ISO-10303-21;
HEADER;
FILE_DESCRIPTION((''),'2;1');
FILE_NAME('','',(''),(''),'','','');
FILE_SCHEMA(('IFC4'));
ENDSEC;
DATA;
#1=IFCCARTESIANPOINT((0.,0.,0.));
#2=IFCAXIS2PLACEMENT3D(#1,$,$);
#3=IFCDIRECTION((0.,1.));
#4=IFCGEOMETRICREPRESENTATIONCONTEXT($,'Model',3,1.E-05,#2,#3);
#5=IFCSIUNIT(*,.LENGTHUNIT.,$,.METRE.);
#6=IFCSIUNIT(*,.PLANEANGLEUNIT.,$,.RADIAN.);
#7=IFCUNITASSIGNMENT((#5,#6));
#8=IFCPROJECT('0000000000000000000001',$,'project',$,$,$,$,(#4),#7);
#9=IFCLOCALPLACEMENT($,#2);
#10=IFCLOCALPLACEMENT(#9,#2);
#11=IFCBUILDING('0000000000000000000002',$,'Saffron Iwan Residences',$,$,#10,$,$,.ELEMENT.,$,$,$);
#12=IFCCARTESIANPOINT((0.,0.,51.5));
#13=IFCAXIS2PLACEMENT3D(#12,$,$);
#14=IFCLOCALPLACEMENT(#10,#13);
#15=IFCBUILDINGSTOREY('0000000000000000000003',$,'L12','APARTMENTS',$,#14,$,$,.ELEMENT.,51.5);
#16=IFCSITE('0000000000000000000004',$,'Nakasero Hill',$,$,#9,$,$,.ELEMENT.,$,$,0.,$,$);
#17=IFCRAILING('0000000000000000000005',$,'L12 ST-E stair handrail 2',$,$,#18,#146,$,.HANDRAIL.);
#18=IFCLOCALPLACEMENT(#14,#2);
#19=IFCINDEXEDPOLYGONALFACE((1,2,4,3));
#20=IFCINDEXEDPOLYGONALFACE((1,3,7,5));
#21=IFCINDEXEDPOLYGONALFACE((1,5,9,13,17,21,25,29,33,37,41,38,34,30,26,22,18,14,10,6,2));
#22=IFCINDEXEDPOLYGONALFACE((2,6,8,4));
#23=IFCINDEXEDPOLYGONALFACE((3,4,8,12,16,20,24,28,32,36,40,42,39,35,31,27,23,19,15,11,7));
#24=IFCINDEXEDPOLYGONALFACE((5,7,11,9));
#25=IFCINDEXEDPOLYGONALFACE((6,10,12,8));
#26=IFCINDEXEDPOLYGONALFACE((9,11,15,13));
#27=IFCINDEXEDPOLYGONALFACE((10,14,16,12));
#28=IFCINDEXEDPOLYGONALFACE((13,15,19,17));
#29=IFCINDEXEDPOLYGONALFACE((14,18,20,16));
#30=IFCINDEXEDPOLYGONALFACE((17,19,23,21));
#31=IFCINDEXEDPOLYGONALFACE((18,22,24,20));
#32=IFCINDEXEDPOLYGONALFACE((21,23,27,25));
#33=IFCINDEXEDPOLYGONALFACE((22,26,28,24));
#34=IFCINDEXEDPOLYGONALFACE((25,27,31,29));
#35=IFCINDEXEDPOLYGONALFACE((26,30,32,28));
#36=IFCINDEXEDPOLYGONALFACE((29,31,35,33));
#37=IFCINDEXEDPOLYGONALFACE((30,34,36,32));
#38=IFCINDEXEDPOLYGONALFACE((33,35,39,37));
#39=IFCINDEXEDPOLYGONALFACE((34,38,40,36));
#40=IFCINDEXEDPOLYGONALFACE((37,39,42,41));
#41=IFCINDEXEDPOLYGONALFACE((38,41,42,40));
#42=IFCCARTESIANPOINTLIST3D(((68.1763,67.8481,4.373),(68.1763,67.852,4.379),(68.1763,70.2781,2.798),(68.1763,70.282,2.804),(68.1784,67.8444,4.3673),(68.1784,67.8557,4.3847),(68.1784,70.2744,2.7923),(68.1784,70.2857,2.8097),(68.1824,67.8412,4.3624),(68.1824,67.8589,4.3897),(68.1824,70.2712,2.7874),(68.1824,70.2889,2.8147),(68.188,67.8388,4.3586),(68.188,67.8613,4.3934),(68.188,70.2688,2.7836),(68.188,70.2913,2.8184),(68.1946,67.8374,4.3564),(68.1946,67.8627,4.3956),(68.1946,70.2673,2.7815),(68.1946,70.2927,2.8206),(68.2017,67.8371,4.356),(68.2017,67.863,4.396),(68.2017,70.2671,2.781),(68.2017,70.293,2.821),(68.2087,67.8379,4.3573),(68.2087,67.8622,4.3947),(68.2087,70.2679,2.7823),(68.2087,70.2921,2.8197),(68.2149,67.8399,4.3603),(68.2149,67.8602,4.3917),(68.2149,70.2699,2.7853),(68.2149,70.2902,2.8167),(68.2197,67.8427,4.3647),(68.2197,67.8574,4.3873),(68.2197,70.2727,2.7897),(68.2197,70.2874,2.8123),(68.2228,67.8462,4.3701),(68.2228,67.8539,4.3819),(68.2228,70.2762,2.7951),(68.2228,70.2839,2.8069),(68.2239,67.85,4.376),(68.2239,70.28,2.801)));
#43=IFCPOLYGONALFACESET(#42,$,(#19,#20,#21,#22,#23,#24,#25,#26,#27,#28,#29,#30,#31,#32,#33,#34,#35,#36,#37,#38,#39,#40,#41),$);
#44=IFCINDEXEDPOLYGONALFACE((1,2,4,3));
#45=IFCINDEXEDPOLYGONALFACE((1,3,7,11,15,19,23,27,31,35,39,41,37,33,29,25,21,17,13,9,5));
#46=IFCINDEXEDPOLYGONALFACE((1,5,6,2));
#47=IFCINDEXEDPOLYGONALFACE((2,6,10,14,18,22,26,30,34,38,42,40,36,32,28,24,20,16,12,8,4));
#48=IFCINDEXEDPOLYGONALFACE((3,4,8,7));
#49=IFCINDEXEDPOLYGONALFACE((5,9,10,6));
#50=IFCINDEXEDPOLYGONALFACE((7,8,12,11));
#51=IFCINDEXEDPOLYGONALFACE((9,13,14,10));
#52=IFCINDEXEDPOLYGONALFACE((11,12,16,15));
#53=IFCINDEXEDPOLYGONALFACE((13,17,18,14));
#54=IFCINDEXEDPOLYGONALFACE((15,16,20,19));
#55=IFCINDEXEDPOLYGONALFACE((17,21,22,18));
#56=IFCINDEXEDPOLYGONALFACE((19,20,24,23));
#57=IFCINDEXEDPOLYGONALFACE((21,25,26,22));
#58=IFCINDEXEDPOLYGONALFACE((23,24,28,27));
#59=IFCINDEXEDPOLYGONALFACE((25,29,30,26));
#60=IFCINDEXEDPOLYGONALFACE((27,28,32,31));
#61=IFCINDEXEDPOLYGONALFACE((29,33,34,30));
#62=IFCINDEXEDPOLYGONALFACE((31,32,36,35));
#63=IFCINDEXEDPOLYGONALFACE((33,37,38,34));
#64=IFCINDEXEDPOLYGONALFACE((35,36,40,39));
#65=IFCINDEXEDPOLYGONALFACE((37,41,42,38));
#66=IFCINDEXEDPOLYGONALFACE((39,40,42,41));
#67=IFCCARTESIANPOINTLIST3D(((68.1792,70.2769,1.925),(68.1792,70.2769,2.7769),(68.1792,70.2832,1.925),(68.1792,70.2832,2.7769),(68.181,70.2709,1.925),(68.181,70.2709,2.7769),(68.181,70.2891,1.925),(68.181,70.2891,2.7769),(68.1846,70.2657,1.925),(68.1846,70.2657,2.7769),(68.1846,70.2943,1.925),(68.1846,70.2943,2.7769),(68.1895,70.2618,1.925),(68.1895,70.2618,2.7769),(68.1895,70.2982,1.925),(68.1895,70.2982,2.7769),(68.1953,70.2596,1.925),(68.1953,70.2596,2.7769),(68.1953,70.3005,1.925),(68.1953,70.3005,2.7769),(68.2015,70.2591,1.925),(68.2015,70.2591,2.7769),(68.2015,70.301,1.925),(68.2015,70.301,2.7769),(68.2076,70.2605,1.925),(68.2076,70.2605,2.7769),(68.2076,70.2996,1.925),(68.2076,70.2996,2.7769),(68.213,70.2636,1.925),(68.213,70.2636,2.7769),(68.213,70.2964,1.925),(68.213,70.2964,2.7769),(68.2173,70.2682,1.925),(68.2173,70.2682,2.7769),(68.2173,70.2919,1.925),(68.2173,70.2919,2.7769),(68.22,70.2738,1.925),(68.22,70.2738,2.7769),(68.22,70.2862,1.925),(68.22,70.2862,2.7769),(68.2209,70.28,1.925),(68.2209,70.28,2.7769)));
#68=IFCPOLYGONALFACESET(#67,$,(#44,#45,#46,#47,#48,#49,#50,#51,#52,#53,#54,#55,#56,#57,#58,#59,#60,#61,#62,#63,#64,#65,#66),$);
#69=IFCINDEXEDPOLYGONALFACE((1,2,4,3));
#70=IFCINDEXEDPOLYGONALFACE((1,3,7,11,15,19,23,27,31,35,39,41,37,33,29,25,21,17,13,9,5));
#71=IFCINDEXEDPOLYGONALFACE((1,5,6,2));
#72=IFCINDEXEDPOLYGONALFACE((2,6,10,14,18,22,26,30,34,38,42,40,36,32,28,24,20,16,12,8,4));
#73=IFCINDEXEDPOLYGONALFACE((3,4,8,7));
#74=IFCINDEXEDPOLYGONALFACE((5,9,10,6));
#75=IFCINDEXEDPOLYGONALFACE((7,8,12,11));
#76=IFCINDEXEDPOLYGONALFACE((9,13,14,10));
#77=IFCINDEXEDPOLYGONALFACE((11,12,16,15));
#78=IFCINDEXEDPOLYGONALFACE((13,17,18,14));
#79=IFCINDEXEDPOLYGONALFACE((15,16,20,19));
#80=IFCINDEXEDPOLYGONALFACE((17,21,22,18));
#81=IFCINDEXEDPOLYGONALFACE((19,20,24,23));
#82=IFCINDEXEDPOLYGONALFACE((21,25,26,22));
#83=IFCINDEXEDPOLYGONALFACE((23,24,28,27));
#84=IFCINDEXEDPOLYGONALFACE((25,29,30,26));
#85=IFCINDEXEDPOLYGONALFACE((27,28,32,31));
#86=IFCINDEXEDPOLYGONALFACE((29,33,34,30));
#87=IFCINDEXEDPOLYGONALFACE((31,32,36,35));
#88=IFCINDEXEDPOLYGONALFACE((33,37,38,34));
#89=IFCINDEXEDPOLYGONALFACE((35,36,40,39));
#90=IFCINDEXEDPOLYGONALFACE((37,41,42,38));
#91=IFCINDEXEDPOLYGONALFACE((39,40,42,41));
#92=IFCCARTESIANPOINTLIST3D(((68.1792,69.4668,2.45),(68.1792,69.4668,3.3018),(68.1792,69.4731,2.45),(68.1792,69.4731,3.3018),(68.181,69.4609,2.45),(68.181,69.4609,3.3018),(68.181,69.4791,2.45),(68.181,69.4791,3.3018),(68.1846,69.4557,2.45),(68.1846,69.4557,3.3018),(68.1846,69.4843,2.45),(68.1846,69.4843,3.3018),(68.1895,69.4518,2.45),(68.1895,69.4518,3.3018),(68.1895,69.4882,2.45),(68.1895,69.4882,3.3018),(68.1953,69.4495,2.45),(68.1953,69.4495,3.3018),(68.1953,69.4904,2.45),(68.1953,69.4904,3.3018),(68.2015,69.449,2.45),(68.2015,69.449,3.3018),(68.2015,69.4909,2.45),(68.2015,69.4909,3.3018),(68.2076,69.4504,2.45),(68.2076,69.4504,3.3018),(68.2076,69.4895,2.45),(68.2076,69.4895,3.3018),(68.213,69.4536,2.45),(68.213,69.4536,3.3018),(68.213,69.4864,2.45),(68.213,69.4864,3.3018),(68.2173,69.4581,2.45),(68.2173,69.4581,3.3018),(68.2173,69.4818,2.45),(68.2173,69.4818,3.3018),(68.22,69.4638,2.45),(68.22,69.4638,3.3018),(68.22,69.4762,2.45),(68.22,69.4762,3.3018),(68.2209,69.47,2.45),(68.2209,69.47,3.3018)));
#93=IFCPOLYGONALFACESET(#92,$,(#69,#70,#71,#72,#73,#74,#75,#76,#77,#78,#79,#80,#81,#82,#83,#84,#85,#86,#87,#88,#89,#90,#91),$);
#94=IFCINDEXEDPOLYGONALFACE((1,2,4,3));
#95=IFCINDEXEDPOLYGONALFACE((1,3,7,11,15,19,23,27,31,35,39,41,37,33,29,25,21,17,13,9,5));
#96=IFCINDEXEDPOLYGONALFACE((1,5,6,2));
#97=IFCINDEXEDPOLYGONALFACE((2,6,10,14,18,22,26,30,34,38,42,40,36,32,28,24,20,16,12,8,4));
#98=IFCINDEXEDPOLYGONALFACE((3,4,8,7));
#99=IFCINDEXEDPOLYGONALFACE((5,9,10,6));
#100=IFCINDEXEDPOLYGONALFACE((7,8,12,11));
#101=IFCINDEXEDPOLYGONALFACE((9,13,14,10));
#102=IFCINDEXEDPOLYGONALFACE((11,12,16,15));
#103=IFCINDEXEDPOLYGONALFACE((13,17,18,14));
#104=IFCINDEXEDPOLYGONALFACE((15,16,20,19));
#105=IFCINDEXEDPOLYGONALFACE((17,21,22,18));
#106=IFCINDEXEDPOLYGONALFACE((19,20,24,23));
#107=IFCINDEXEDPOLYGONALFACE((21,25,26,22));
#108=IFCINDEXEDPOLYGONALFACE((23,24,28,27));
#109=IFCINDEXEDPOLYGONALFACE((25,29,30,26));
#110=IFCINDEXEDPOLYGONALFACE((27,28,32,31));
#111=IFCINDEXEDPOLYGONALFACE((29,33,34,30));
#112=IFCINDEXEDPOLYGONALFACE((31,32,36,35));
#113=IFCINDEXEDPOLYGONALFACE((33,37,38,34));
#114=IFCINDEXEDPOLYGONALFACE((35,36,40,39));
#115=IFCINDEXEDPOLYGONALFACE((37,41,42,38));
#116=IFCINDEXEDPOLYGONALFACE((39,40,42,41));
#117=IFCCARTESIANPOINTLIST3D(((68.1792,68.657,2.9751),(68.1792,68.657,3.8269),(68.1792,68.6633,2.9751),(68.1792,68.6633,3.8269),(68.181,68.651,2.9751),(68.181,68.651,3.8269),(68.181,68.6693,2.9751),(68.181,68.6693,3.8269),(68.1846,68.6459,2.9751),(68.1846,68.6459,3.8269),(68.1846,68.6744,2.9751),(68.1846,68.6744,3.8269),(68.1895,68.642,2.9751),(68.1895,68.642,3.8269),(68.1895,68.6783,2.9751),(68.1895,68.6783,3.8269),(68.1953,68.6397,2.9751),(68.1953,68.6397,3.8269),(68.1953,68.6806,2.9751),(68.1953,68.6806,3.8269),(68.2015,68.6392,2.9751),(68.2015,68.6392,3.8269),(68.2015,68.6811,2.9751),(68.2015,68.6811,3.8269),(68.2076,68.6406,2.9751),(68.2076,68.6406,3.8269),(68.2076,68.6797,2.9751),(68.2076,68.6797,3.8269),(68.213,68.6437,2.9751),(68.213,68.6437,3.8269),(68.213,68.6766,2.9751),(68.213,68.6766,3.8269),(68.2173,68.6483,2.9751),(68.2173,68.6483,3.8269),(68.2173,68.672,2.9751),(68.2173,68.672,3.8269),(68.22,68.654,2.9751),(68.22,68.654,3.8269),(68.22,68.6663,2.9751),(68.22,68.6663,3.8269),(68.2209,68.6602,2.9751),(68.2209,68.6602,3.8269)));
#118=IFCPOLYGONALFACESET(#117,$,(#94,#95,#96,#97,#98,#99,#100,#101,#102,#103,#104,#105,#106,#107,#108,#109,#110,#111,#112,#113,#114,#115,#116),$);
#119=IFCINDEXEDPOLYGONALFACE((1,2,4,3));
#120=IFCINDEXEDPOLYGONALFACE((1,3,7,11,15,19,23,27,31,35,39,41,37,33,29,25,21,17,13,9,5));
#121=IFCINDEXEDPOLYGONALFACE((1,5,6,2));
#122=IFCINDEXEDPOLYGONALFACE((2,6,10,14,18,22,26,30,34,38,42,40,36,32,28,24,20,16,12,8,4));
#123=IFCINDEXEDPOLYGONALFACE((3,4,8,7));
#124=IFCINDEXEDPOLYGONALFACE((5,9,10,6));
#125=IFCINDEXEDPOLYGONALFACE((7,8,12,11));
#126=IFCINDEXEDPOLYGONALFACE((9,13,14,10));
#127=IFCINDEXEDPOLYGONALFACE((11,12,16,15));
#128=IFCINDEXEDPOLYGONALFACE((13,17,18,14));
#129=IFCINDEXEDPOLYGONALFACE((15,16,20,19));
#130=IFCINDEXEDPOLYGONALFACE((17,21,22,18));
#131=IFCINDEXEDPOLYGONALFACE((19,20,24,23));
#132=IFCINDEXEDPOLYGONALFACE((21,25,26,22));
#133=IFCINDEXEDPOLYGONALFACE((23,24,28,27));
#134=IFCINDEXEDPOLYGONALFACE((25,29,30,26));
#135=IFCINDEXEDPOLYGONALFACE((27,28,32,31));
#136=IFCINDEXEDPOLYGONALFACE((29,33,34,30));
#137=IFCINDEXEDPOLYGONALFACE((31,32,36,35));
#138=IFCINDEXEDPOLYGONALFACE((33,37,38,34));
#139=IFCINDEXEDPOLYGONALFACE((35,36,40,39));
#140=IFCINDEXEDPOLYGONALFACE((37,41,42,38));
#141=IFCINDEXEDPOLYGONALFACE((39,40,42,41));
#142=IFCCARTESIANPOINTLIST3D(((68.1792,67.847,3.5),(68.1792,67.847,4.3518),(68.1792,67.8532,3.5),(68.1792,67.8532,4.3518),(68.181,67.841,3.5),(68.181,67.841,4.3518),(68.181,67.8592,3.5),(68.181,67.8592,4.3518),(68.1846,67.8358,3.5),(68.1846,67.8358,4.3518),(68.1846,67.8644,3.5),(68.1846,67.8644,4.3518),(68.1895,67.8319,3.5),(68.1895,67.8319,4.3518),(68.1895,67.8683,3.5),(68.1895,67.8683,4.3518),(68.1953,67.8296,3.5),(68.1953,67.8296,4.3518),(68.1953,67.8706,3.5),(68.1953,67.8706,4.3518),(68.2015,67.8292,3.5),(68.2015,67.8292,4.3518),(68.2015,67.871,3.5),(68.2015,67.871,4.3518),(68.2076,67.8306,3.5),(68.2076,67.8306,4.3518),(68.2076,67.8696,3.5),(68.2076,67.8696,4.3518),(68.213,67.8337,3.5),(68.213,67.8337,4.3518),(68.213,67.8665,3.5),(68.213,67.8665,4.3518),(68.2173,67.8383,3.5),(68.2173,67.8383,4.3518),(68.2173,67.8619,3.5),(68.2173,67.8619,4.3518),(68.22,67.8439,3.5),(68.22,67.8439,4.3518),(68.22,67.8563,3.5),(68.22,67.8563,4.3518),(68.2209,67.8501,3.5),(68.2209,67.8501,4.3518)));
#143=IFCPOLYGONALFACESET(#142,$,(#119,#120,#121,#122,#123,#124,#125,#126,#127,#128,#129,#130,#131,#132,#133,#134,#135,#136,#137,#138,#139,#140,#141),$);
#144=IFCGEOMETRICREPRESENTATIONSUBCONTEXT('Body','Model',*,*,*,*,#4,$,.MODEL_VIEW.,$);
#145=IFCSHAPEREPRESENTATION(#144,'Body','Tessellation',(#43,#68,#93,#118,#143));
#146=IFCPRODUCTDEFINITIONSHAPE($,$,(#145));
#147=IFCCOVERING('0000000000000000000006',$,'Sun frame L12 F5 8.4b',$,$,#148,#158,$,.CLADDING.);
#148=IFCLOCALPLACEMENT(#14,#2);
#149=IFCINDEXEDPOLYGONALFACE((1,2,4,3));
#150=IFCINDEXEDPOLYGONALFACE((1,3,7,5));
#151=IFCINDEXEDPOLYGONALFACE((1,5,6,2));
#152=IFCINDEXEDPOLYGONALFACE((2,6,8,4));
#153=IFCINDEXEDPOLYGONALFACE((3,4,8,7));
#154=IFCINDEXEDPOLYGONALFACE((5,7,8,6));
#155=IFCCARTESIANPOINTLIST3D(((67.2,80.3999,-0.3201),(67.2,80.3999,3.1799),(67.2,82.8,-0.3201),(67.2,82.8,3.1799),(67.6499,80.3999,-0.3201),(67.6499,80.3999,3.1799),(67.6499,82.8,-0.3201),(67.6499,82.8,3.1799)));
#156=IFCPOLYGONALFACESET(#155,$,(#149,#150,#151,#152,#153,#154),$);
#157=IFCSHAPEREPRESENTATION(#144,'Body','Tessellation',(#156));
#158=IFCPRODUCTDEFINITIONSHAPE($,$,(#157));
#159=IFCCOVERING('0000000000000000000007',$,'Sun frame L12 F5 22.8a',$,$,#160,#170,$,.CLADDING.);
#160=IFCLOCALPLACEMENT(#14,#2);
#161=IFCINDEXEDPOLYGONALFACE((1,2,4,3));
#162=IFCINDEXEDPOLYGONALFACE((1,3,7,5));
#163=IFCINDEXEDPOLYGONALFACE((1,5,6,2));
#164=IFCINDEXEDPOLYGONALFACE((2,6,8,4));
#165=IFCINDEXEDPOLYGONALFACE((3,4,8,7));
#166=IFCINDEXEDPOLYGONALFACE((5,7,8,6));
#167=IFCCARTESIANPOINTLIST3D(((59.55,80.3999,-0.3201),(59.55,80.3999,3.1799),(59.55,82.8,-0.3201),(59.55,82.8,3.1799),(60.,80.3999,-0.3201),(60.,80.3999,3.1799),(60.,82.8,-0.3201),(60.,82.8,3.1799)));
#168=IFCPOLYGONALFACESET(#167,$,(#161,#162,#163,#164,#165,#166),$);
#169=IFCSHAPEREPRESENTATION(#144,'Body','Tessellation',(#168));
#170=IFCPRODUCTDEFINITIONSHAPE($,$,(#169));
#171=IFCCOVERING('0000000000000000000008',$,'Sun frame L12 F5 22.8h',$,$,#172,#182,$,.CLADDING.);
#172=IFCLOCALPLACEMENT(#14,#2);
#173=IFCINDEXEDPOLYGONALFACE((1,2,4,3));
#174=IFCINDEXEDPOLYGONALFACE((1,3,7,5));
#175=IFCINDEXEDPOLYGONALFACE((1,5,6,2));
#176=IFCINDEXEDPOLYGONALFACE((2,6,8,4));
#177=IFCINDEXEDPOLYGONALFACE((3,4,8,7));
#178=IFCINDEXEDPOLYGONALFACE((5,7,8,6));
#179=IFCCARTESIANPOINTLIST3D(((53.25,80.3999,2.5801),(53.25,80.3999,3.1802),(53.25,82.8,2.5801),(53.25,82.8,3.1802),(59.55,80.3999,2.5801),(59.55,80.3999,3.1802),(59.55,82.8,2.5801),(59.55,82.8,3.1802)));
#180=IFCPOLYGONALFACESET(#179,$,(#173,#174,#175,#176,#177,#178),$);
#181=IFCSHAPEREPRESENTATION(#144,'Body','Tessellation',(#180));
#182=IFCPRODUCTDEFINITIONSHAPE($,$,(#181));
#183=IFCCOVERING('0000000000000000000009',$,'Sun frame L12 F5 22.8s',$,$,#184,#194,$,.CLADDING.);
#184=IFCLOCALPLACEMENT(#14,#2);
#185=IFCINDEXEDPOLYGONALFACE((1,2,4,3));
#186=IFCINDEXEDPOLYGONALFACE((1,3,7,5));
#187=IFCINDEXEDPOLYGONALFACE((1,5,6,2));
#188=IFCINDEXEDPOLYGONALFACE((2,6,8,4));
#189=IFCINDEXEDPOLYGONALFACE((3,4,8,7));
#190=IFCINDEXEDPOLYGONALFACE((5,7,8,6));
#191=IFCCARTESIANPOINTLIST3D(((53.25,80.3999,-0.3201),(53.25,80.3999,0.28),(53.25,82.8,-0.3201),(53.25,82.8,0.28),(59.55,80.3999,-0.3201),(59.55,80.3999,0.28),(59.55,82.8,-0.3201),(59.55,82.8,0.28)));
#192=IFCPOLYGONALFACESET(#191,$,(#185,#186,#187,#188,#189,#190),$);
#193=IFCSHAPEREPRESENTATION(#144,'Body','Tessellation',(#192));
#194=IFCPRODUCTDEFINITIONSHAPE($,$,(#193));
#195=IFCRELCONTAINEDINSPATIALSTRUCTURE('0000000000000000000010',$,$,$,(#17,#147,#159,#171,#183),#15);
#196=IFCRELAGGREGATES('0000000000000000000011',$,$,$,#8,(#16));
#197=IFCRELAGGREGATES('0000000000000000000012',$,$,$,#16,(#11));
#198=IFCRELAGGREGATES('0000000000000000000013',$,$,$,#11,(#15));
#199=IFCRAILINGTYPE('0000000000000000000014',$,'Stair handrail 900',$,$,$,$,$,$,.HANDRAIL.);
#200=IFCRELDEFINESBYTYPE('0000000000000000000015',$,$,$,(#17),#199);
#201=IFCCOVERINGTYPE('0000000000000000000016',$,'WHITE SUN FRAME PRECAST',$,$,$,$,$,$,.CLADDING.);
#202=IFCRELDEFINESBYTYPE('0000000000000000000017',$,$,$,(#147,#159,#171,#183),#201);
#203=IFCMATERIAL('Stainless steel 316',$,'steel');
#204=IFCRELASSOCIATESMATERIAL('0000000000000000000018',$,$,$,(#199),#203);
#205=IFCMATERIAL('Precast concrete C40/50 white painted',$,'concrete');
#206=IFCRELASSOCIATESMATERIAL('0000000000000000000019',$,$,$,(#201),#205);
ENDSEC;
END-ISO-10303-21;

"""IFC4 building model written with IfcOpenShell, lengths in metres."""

from ifc_helpers import new_model, si_unit, direction, frame, origin, origin_2d, place, context, subcontext, project, spatial, polyline, circle, outline, extrude, material, type_object, element, save


model = new_model("IFC4")

# Units and contexts
model_context = context("Model", 3, precision=1e-05, world=origin(), true_north=direction((0.0, 1.0)))
body_context = subcontext(model_context, "Body", "Model", "MODEL_VIEW")
ifc_project = project(units=[si_unit("LENGTHUNIT", "METRE"), si_unit("PLANEANGLEUNIT", "RADIAN")], contexts=[model_context])

# Site, building, storey
site_placement = place(None, origin())
site = spatial("IfcSite", under=ifc_project, at=site_placement, Name="Nakasero Hill", CompositionType="ELEMENT", RefElevation=0.0)
building_placement = place(site_placement, origin())
building = spatial("IfcBuilding", under=site, at=building_placement, Name="Saffron Iwan Residences", CompositionType="ELEMENT")
storey_placement = place(building_placement, frame((0.0, 0.0, 51.5)))
storey = spatial("IfcBuildingStorey", under=building, at=storey_placement, Name="L12", Description="APARTMENTS", CompositionType="ELEMENT", Elevation=51.5)

# Railing
ifc_material_1 = material(Name="Stainless steel 316", Category="steel")
railing_type_1 = type_object("IfcRailingType", Name="Stair handrail 900", PredefinedType="HANDRAIL", material=ifc_material_1)
railing_1_placement = place(storey_placement, frame((68.2, 70.28, 1.925)))
element("IfcRailing", 1, at=railing_1_placement, inside=storey, type_object=railing_type_1, Name="L12 ST-E stair handrail 2", PredefinedType="HANDRAIL", context=body_context, shape_type="SweptSolid", body=[
    extrude(circle(Radius=0.0239, at=origin_2d()), frame((0.0, 0.0, 0.876), z_axis=(0.0, -0.839154, 0.543894), x_axis=(1.0, 0.0, 0.0)), (0.0, 0.0, 1.0), 2.8958),
    extrude(circle(Radius=0.021, at=origin_2d()), origin(), (0.0, 0.0, 1.0), 0.8518),
    extrude(circle(Radius=0.021, at=origin_2d()), frame((0.0, -0.8101, 0.5249)), (0.0, 0.0, 1.0), 0.8518),
    extrude(circle(Radius=0.021, at=origin_2d()), frame((0.0, -1.6199, 1.05)), (0.0, 0.0, 1.0), 0.8518),
    extrude(circle(Radius=0.021, at=origin_2d()), frame((0.0, -2.4299, 1.575)), (0.0, 0.0, 1.0), 0.8518),
])

# Coverings
ifc_material_2 = material(Name="Precast concrete C40/50 white painted", Category="concrete")
covering_type_1 = type_object("IfcCoveringType", Name="WHITE SUN FRAME PRECAST", PredefinedType="CLADDING", material=ifc_material_2)
for number, where, z_axis, x_axis, name in (
    (2, (67.6499, 80.3999, -0.3201), (0.0, 1.0, 0.0), (-1.0, 0.0, 0.0), "Sun frame L12 F5 8.4b"),
    (3, (60.0, 80.3999, -0.3201), (0.0, 1.0, 0.0), (-1.0, 0.0, 0.0), "Sun frame L12 F5 22.8a"),
):
    element("IfcCovering", number, at=place(storey_placement, frame(where, z_axis=z_axis, x_axis=x_axis)), inside=storey, type_object=covering_type_1, Name=name, PredefinedType="CLADDING", context=body_context, shape_type="SweptSolid", body=[
        extrude(outline(polyline([(0.0, 0.0), (0.45, 0.0), (0.45, 3.5), (0.0, 3.5), (0.0, 0.0)])), origin(), (0.0, 0.0, 1.0), 2.4001),
    ])
for number, where, z_axis, x_axis, name in (
    (4, (59.55, 80.3999, 2.5801), (0.0, 1.0, 0.0), (-1.0, 0.0, 0.0), "Sun frame L12 F5 22.8h"),
    (5, (59.55, 80.3999, -0.3201), (0.0, 1.0, 0.0), (-1.0, 0.0, 0.0), "Sun frame L12 F5 22.8s"),
):
    element("IfcCovering", number, at=place(storey_placement, frame(where, z_axis=z_axis, x_axis=x_axis)), inside=storey, type_object=covering_type_1, Name=name, PredefinedType="CLADDING", context=body_context, shape_type="SweptSolid", body=[
        extrude(outline(polyline([(0.0, 0.0), (6.3, 0.0), (6.3, 0.6001), (0.0, 0.6001), (0.0, 0.0)])), origin(), (0.0, 0.0, 1.0), 2.4001),
    ])

save(model, "model.ifc")
